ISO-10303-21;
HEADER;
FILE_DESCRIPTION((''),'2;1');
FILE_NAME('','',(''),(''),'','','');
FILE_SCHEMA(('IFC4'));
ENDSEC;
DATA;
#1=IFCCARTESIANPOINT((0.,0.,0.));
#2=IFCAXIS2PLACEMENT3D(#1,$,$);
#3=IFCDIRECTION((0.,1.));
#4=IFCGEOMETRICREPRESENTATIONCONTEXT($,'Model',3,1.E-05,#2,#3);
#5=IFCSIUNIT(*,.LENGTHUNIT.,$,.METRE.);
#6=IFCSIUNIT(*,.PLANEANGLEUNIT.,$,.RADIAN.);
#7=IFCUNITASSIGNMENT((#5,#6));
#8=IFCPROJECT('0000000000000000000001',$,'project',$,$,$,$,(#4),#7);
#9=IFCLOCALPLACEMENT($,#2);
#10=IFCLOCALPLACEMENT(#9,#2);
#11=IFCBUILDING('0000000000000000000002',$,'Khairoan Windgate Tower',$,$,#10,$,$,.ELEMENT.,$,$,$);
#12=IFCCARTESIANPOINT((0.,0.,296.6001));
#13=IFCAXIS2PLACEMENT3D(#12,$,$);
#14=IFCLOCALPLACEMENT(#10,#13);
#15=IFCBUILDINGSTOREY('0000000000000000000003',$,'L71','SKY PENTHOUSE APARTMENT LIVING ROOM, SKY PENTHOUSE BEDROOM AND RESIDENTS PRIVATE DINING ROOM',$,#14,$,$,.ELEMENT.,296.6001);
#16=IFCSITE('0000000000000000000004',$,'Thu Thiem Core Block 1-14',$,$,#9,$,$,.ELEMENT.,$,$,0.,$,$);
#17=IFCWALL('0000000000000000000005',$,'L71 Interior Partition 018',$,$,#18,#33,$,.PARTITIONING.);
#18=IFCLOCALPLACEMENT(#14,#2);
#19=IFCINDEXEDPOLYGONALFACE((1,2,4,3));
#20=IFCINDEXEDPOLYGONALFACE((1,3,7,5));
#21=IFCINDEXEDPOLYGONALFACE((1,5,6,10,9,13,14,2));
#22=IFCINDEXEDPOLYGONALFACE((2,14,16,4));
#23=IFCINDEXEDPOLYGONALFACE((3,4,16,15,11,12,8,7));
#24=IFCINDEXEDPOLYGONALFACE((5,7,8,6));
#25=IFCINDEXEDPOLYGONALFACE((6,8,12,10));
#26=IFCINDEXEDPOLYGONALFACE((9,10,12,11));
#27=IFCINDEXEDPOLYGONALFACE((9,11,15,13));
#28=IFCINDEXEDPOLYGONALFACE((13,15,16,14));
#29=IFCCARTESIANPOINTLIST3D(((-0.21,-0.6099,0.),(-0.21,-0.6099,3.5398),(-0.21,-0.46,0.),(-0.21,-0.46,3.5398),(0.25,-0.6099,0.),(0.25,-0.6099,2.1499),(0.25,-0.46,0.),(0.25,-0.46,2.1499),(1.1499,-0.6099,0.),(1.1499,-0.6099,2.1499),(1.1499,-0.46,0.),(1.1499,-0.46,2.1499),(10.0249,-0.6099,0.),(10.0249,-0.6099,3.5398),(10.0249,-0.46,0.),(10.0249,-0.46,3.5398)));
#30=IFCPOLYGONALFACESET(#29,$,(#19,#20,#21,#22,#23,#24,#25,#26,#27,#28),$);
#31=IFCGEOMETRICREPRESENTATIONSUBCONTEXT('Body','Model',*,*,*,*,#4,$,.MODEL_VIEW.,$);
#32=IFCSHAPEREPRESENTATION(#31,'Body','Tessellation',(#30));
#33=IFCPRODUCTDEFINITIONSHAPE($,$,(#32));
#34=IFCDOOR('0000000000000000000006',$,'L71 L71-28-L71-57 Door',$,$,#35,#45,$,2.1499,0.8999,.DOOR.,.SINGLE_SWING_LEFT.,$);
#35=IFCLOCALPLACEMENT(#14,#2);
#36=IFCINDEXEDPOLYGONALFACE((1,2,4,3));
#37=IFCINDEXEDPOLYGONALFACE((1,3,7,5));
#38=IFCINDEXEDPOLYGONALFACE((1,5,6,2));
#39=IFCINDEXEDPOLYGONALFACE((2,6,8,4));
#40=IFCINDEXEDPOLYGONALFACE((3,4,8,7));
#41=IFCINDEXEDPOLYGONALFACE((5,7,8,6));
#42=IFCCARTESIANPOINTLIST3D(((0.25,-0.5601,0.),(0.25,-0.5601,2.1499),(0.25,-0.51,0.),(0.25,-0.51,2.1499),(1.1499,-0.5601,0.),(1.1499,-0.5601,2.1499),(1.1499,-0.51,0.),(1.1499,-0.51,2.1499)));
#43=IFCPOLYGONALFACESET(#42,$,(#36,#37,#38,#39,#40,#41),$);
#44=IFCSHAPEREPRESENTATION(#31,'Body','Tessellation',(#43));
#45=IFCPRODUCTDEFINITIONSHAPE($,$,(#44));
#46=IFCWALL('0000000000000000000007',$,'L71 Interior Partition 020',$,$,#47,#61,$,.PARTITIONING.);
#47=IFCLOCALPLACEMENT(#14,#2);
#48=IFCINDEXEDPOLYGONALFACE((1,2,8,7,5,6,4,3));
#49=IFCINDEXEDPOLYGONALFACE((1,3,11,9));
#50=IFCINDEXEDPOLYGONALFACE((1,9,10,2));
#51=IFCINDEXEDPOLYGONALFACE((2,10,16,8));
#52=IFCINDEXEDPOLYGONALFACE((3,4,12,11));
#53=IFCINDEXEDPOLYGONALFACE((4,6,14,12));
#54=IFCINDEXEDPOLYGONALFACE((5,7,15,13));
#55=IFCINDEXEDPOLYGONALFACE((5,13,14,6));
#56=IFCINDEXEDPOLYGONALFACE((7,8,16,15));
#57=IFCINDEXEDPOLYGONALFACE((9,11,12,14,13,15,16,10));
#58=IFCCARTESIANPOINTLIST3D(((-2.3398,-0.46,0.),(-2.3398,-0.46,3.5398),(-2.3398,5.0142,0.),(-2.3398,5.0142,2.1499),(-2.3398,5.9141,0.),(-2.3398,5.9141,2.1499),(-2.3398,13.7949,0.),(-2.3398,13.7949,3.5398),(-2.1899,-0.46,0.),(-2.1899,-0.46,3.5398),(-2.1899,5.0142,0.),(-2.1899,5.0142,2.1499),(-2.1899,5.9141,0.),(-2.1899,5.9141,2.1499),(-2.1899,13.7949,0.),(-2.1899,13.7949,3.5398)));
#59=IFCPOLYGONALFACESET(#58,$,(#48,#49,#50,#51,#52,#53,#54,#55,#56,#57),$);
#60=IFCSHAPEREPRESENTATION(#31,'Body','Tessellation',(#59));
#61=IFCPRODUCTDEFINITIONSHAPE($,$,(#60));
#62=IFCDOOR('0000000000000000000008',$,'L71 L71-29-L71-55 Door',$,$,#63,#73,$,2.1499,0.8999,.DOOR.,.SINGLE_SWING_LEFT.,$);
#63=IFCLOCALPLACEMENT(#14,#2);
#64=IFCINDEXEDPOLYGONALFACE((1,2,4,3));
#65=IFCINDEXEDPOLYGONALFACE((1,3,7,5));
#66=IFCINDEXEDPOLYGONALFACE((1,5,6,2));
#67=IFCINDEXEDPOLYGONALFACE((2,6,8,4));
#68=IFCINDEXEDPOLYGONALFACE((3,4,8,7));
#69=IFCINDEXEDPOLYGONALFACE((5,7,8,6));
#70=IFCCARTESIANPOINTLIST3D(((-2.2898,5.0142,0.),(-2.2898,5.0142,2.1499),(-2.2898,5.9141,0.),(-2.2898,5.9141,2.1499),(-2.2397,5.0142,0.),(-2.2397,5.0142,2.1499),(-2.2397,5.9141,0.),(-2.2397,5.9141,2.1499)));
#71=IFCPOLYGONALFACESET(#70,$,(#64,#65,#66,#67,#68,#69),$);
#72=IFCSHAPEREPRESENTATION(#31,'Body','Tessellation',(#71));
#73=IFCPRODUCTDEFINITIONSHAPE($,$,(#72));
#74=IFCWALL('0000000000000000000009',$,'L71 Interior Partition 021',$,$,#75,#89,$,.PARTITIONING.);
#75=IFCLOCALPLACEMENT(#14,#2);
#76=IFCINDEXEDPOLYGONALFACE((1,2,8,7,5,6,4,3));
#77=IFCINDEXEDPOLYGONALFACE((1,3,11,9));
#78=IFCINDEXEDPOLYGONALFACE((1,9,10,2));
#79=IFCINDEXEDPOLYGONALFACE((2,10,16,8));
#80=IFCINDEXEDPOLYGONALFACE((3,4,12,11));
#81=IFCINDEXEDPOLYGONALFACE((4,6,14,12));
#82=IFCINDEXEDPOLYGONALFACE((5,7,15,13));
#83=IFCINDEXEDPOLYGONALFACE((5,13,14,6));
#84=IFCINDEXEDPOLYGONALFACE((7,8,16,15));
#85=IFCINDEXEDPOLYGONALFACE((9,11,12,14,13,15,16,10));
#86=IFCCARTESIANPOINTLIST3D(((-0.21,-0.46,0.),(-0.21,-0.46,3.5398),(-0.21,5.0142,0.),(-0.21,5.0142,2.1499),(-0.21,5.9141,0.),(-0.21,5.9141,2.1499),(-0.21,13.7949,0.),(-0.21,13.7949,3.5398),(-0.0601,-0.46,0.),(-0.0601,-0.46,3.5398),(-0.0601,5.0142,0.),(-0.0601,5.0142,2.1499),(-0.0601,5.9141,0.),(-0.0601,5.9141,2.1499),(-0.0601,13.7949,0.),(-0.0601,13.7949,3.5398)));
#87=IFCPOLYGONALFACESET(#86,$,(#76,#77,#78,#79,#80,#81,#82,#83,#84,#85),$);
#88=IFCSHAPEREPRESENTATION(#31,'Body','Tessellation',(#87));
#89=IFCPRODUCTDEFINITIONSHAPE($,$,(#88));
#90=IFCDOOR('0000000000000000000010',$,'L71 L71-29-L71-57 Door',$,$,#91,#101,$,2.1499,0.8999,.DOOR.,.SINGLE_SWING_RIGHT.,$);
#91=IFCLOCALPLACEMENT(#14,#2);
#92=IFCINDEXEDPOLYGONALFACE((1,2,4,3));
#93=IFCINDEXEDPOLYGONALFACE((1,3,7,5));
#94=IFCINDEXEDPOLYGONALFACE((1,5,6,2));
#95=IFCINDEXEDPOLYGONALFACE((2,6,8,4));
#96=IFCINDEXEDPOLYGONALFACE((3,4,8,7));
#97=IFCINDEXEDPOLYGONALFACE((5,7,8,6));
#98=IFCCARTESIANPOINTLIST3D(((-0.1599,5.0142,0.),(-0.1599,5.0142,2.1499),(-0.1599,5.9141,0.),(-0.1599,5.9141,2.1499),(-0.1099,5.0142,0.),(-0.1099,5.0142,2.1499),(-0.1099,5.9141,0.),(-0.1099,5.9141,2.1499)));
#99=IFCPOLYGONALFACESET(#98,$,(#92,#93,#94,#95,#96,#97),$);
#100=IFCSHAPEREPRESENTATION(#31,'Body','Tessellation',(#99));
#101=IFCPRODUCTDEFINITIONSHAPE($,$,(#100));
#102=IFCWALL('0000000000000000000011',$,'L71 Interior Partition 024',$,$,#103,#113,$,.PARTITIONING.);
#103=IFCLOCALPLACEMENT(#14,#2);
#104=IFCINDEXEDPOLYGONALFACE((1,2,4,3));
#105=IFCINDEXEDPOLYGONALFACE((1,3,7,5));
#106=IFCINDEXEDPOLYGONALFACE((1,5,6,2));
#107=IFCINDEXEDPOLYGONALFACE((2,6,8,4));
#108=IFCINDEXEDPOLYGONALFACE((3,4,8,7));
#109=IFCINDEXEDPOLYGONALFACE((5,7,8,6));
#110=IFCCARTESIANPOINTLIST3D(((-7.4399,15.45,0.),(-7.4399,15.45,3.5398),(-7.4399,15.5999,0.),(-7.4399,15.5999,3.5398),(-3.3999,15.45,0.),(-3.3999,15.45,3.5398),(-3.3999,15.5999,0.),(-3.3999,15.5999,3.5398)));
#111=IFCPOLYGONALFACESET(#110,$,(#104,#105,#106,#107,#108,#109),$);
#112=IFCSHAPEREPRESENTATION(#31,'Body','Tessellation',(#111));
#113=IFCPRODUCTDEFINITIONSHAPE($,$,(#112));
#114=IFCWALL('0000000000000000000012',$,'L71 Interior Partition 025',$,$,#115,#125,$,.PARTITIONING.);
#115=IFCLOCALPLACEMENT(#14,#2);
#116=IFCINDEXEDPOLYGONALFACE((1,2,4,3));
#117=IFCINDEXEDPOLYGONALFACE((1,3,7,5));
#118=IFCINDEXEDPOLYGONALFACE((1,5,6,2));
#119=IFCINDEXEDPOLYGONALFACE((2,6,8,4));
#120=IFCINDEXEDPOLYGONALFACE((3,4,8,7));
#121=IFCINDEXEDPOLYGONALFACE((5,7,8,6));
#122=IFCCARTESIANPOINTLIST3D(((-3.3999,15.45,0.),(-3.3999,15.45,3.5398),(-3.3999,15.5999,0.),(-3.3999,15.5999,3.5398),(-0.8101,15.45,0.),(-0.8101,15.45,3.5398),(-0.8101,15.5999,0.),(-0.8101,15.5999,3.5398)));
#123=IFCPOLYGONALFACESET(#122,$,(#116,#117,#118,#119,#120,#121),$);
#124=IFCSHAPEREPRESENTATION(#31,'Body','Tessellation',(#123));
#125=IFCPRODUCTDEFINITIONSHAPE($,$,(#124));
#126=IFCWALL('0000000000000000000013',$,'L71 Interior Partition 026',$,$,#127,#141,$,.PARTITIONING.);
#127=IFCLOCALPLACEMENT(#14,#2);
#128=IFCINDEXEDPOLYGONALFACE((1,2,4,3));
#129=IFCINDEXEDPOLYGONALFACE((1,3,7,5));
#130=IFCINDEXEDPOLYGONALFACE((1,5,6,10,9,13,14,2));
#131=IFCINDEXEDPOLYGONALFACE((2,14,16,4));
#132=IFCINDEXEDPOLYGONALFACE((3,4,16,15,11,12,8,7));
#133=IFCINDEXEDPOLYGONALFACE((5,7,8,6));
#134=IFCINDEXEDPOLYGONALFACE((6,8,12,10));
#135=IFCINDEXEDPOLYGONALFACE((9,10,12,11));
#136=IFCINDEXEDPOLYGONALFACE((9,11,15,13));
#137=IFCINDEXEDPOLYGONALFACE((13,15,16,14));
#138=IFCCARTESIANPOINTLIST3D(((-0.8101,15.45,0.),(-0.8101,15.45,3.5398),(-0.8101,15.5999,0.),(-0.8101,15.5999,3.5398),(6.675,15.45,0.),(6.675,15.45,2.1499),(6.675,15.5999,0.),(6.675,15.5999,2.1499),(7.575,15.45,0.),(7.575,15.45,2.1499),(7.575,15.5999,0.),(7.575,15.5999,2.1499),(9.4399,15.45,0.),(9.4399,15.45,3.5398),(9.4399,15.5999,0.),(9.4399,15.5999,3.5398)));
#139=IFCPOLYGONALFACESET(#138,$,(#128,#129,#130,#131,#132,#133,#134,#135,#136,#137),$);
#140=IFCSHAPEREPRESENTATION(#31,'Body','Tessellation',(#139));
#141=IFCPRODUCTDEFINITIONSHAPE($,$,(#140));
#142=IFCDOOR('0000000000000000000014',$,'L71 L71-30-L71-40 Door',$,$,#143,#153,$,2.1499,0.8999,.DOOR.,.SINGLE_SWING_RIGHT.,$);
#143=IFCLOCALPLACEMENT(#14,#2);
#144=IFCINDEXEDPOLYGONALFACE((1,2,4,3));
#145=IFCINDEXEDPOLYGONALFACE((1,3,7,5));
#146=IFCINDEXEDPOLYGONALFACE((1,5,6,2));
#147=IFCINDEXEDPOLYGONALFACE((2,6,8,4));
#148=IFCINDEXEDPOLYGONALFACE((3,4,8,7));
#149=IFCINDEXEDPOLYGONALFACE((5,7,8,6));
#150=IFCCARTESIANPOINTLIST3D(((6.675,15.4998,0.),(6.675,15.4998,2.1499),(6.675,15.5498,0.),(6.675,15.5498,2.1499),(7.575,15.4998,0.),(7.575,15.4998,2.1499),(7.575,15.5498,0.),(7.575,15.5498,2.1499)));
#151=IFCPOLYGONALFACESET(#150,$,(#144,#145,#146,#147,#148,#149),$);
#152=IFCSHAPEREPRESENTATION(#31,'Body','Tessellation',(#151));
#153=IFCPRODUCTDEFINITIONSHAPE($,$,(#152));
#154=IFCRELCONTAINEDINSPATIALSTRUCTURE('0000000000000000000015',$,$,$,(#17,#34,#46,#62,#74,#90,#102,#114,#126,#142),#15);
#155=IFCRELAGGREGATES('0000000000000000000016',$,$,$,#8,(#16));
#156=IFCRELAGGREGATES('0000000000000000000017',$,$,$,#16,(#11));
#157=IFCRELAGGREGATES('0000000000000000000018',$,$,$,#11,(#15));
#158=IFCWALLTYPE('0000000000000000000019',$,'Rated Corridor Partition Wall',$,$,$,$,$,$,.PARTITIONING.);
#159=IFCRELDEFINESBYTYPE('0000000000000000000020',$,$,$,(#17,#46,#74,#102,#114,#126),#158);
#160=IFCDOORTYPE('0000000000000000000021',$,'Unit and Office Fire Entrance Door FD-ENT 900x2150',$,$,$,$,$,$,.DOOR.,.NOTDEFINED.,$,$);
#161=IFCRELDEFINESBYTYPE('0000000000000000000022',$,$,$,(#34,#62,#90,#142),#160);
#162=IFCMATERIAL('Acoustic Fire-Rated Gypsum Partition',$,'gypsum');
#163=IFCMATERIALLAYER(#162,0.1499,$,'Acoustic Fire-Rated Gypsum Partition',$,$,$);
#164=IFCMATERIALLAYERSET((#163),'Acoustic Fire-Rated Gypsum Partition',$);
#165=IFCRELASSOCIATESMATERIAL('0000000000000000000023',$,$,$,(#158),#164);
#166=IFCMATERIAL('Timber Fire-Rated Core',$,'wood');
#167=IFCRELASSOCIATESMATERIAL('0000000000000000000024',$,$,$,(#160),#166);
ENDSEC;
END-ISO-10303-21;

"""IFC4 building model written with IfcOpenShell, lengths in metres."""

from ifc_helpers import new_model, si_unit, direction, frame, frame_2d, origin, place, context, subcontext, project, spatial, rectangle, extrude, material, layer, layer_set, type_object, element, fill, save


model = new_model("IFC4")

# Units and contexts
model_context = context("Model", 3, precision=1e-05, world=origin(), true_north=direction((0.0, 1.0)))
body_context = subcontext(model_context, "Body", "Model", "MODEL_VIEW")
ifc_project = project(units=[si_unit("LENGTHUNIT", "METRE"), si_unit("PLANEANGLEUNIT", "RADIAN")], contexts=[model_context])

# Site, building, storey
site_placement = place(None, origin())
site = spatial("IfcSite", under=ifc_project, at=site_placement, Name="Thu Thiem Core Block 1-14", CompositionType="ELEMENT", RefElevation=0.0)
building_placement = place(site_placement, origin())
building = spatial("IfcBuilding", under=site, at=building_placement, Name="Khairoan Windgate Tower", CompositionType="ELEMENT")
storey_placement = place(building_placement, frame((0.0, 0.0, 296.6001)))
storey = spatial("IfcBuildingStorey", under=building, at=storey_placement, Name="L71", Description="SKY PENTHOUSE APARTMENT LIVING ROOM, SKY PENTHOUSE BEDROOM AND RESIDENTS PRIVATE DINING ROOM", CompositionType="ELEMENT", Elevation=296.6001)

# Walls, openings, doors
ifc_material_1 = material(Name="Acoustic Fire-Rated Gypsum Partition", Category="gypsum")
ifc_layer_1 = layer(ifc_material_1, 0.1499, Name="Acoustic Fire-Rated Gypsum Partition")
ifc_layer_set_1 = layer_set([ifc_layer_1], Name="Acoustic Fire-Rated Gypsum Partition")
wall_type_1 = type_object("IfcWallType", Name="Rated Corridor Partition Wall", PredefinedType="PARTITIONING", material=ifc_layer_set_1)
wall_1_placement = place(storey_placement, frame((-0.21, -0.5349, 0.0), z_axis=(0.0, 0.0, 1.0), x_axis=(1.0, 0.0, 0.0)))
wall_1 = element("IfcWall", 1, at=wall_1_placement, inside=storey, type_object=wall_type_1, Name="L71 Interior Partition 018", PredefinedType="PARTITIONING", context=body_context, shape_type="SweptSolid", body=[
    extrude(rectangle(XDim=10.2349, YDim=0.1499, at=frame_2d((5.1174, 0.0))), origin(), (0.0, 0.0, 1.0), 3.5398),
])
opening_1_placement = place(wall_1_placement, frame((0.46, 0.0, 0.0)))
opening_1 = element("IfcOpeningElement", 2, at=opening_1_placement, cuts=wall_1, PredefinedType="OPENING", context=body_context, shape_type="SweptSolid", body=[
    extrude(rectangle(XDim=0.8999, YDim=2.1499, at=frame_2d((0.45, 1.075))), frame((0.0, 0.085, 0.0), z_axis=(0.0, -1.0, 0.0), x_axis=(1.0, 0.0, 0.0)), (0.0, 0.0, 1.0), 0.1699),
])
ifc_material_2 = material(Name="Timber Fire-Rated Core", Category="wood")
door_type_1 = type_object("IfcDoorType", Name="Unit and Office Fire Entrance Door FD-ENT 900x2150", OperationType="NOTDEFINED", PredefinedType="DOOR", material=ifc_material_2)
door_1_placement = place(opening_1_placement, origin())
door_1 = element("IfcDoor", 3, at=door_1_placement, inside=storey, type_object=door_type_1, Name="L71 L71-28-L71-57 Door", OperationType="SINGLE_SWING_LEFT", OverallHeight=2.1499, OverallWidth=0.8999, PredefinedType="DOOR", context=body_context, shape_type="SweptSolid", body=[
    extrude(rectangle(XDim=0.8999, YDim=2.1499, at=frame_2d((0.45, 1.075))), frame((0.0, 0.0249, 0.0), z_axis=(0.0, -1.0, 0.0), x_axis=(1.0, 0.0, 0.0)), (0.0, 0.0, 1.0), 0.05),
])
fill(opening_1, door_1)
wall_2_placement = place(storey_placement, frame((-2.2649, -0.46, 0.0), z_axis=(0.0, 0.0, 1.0), x_axis=(0.0, 1.0, 0.0)))
wall_2 = element("IfcWall", 4, at=wall_2_placement, inside=storey, type_object=wall_type_1, Name="L71 Interior Partition 020", PredefinedType="PARTITIONING", context=body_context, shape_type="SweptSolid", body=[
    extrude(rectangle(XDim=14.2549, YDim=0.1499, at=frame_2d((7.1274, 0.0))), origin(), (0.0, 0.0, 1.0), 3.5398),
])
opening_2_placement = place(wall_2_placement, frame((5.4741, 0.0, 0.0)))
opening_2 = element("IfcOpeningElement", 5, at=opening_2_placement, cuts=wall_2, PredefinedType="OPENING", context=body_context, shape_type="SweptSolid", body=[
    extrude(rectangle(XDim=0.8999, YDim=2.1499, at=frame_2d((0.45, 1.075))), frame((0.0, 0.085, 0.0), z_axis=(0.0, -1.0, 0.0), x_axis=(1.0, 0.0, 0.0)), (0.0, 0.0, 1.0), 0.1699),
])
door_2_placement = place(opening_2_placement, origin())
door_2 = element("IfcDoor", 6, at=door_2_placement, inside=storey, type_object=door_type_1, Name="L71 L71-29-L71-55 Door", OperationType="SINGLE_SWING_LEFT", OverallHeight=2.1499, OverallWidth=0.8999, PredefinedType="DOOR", context=body_context, shape_type="SweptSolid", body=[
    extrude(rectangle(XDim=0.8999, YDim=2.1499, at=frame_2d((0.45, 1.075))), frame((0.0, 0.0249, 0.0), z_axis=(0.0, -1.0, 0.0), x_axis=(1.0, 0.0, 0.0)), (0.0, 0.0, 1.0), 0.05),
])
fill(opening_2, door_2)
wall_3_placement = place(storey_placement, frame((-0.135, -0.46, 0.0), z_axis=(0.0, 0.0, 1.0), x_axis=(0.0, 1.0, 0.0)))
wall_3 = element("IfcWall", 7, at=wall_3_placement, inside=storey, type_object=wall_type_1, Name="L71 Interior Partition 021", PredefinedType="PARTITIONING", context=body_context, shape_type="SweptSolid", body=[
    extrude(rectangle(XDim=14.2549, YDim=0.1499, at=frame_2d((7.1274, 0.0))), origin(), (0.0, 0.0, 1.0), 3.5398),
])
opening_3_placement = place(wall_3_placement, frame((5.4741, 0.0, 0.0)))
opening_3 = element("IfcOpeningElement", 8, at=opening_3_placement, cuts=wall_3, PredefinedType="OPENING", context=body_context, shape_type="SweptSolid", body=[
    extrude(rectangle(XDim=0.8999, YDim=2.1499, at=frame_2d((0.45, 1.075))), frame((0.0, 0.085, 0.0), z_axis=(0.0, -1.0, 0.0), x_axis=(1.0, 0.0, 0.0)), (0.0, 0.0, 1.0), 0.1699),
])
door_3_placement = place(opening_3_placement, origin())
door_3 = element("IfcDoor", 9, at=door_3_placement, inside=storey, type_object=door_type_1, Name="L71 L71-29-L71-57 Door", OperationType="SINGLE_SWING_RIGHT", OverallHeight=2.1499, OverallWidth=0.8999, PredefinedType="DOOR", context=body_context, shape_type="SweptSolid", body=[
    extrude(rectangle(XDim=0.8999, YDim=2.1499, at=frame_2d((0.45, 1.075))), frame((0.0, 0.0249, 0.0), z_axis=(0.0, -1.0, 0.0), x_axis=(1.0, 0.0, 0.0)), (0.0, 0.0, 1.0), 0.05),
])
fill(opening_3, door_3)

# Walls
wall_4_placement = place(storey_placement, frame((-7.4399, 15.5249, 0.0), z_axis=(0.0, 0.0, 1.0), x_axis=(1.0, 0.0, 0.0)))
element("IfcWall", 10, at=wall_4_placement, inside=storey, type_object=wall_type_1, Name="L71 Interior Partition 024", PredefinedType="PARTITIONING", context=body_context, shape_type="SweptSolid", body=[
    extrude(rectangle(XDim=4.04, YDim=0.1499, at=frame_2d((2.02, 0.0))), origin(), (0.0, 0.0, 1.0), 3.5398),
])
wall_5_placement = place(storey_placement, frame((-3.3999, 15.5249, 0.0), z_axis=(0.0, 0.0, 1.0), x_axis=(1.0, 0.0, 0.0)))
element("IfcWall", 11, at=wall_5_placement, inside=storey, type_object=wall_type_1, Name="L71 Interior Partition 025", PredefinedType="PARTITIONING", context=body_context, shape_type="SweptSolid", body=[
    extrude(rectangle(XDim=2.5898, YDim=0.1499, at=frame_2d((1.2949, 0.0))), origin(), (0.0, 0.0, 1.0), 3.5398),
])

# Wall, opening, door
wall_6_placement = place(storey_placement, frame((-0.8101, 15.5249, 0.0), z_axis=(0.0, 0.0, 1.0), x_axis=(1.0, 0.0, 0.0)))
wall_6 = element("IfcWall", 12, at=wall_6_placement, inside=storey, type_object=wall_type_1, Name="L71 Interior Partition 026", PredefinedType="PARTITIONING", context=body_context, shape_type="SweptSolid", body=[
    extrude(rectangle(XDim=10.25, YDim=0.1499, at=frame_2d((5.125, 0.0))), origin(), (0.0, 0.0, 1.0), 3.5398),
])
opening_4_placement = place(wall_6_placement, frame((7.4851, 0.0, 0.0)))
opening_4 = element("IfcOpeningElement", 13, at=opening_4_placement, cuts=wall_6, PredefinedType="OPENING", context=body_context, shape_type="SweptSolid", body=[
    extrude(rectangle(XDim=0.8999, YDim=2.1499, at=frame_2d((0.45, 1.075))), frame((0.0, 0.085, 0.0), z_axis=(0.0, -1.0, 0.0), x_axis=(1.0, 0.0, 0.0)), (0.0, 0.0, 1.0), 0.1699),
])
door_4_placement = place(opening_4_placement, origin())
door_4 = element("IfcDoor", 14, at=door_4_placement, inside=storey, type_object=door_type_1, Name="L71 L71-30-L71-40 Door", OperationType="SINGLE_SWING_RIGHT", OverallHeight=2.1499, OverallWidth=0.8999, PredefinedType="DOOR", context=body_context, shape_type="SweptSolid", body=[
    extrude(rectangle(XDim=0.8999, YDim=2.1499, at=frame_2d((0.45, 1.075))), frame((0.0, 0.0249, 0.0), z_axis=(0.0, -1.0, 0.0), x_axis=(1.0, 0.0, 0.0)), (0.0, 0.0, 1.0), 0.05),
])
fill(opening_4, door_4)

save(model, "model.ifc")
